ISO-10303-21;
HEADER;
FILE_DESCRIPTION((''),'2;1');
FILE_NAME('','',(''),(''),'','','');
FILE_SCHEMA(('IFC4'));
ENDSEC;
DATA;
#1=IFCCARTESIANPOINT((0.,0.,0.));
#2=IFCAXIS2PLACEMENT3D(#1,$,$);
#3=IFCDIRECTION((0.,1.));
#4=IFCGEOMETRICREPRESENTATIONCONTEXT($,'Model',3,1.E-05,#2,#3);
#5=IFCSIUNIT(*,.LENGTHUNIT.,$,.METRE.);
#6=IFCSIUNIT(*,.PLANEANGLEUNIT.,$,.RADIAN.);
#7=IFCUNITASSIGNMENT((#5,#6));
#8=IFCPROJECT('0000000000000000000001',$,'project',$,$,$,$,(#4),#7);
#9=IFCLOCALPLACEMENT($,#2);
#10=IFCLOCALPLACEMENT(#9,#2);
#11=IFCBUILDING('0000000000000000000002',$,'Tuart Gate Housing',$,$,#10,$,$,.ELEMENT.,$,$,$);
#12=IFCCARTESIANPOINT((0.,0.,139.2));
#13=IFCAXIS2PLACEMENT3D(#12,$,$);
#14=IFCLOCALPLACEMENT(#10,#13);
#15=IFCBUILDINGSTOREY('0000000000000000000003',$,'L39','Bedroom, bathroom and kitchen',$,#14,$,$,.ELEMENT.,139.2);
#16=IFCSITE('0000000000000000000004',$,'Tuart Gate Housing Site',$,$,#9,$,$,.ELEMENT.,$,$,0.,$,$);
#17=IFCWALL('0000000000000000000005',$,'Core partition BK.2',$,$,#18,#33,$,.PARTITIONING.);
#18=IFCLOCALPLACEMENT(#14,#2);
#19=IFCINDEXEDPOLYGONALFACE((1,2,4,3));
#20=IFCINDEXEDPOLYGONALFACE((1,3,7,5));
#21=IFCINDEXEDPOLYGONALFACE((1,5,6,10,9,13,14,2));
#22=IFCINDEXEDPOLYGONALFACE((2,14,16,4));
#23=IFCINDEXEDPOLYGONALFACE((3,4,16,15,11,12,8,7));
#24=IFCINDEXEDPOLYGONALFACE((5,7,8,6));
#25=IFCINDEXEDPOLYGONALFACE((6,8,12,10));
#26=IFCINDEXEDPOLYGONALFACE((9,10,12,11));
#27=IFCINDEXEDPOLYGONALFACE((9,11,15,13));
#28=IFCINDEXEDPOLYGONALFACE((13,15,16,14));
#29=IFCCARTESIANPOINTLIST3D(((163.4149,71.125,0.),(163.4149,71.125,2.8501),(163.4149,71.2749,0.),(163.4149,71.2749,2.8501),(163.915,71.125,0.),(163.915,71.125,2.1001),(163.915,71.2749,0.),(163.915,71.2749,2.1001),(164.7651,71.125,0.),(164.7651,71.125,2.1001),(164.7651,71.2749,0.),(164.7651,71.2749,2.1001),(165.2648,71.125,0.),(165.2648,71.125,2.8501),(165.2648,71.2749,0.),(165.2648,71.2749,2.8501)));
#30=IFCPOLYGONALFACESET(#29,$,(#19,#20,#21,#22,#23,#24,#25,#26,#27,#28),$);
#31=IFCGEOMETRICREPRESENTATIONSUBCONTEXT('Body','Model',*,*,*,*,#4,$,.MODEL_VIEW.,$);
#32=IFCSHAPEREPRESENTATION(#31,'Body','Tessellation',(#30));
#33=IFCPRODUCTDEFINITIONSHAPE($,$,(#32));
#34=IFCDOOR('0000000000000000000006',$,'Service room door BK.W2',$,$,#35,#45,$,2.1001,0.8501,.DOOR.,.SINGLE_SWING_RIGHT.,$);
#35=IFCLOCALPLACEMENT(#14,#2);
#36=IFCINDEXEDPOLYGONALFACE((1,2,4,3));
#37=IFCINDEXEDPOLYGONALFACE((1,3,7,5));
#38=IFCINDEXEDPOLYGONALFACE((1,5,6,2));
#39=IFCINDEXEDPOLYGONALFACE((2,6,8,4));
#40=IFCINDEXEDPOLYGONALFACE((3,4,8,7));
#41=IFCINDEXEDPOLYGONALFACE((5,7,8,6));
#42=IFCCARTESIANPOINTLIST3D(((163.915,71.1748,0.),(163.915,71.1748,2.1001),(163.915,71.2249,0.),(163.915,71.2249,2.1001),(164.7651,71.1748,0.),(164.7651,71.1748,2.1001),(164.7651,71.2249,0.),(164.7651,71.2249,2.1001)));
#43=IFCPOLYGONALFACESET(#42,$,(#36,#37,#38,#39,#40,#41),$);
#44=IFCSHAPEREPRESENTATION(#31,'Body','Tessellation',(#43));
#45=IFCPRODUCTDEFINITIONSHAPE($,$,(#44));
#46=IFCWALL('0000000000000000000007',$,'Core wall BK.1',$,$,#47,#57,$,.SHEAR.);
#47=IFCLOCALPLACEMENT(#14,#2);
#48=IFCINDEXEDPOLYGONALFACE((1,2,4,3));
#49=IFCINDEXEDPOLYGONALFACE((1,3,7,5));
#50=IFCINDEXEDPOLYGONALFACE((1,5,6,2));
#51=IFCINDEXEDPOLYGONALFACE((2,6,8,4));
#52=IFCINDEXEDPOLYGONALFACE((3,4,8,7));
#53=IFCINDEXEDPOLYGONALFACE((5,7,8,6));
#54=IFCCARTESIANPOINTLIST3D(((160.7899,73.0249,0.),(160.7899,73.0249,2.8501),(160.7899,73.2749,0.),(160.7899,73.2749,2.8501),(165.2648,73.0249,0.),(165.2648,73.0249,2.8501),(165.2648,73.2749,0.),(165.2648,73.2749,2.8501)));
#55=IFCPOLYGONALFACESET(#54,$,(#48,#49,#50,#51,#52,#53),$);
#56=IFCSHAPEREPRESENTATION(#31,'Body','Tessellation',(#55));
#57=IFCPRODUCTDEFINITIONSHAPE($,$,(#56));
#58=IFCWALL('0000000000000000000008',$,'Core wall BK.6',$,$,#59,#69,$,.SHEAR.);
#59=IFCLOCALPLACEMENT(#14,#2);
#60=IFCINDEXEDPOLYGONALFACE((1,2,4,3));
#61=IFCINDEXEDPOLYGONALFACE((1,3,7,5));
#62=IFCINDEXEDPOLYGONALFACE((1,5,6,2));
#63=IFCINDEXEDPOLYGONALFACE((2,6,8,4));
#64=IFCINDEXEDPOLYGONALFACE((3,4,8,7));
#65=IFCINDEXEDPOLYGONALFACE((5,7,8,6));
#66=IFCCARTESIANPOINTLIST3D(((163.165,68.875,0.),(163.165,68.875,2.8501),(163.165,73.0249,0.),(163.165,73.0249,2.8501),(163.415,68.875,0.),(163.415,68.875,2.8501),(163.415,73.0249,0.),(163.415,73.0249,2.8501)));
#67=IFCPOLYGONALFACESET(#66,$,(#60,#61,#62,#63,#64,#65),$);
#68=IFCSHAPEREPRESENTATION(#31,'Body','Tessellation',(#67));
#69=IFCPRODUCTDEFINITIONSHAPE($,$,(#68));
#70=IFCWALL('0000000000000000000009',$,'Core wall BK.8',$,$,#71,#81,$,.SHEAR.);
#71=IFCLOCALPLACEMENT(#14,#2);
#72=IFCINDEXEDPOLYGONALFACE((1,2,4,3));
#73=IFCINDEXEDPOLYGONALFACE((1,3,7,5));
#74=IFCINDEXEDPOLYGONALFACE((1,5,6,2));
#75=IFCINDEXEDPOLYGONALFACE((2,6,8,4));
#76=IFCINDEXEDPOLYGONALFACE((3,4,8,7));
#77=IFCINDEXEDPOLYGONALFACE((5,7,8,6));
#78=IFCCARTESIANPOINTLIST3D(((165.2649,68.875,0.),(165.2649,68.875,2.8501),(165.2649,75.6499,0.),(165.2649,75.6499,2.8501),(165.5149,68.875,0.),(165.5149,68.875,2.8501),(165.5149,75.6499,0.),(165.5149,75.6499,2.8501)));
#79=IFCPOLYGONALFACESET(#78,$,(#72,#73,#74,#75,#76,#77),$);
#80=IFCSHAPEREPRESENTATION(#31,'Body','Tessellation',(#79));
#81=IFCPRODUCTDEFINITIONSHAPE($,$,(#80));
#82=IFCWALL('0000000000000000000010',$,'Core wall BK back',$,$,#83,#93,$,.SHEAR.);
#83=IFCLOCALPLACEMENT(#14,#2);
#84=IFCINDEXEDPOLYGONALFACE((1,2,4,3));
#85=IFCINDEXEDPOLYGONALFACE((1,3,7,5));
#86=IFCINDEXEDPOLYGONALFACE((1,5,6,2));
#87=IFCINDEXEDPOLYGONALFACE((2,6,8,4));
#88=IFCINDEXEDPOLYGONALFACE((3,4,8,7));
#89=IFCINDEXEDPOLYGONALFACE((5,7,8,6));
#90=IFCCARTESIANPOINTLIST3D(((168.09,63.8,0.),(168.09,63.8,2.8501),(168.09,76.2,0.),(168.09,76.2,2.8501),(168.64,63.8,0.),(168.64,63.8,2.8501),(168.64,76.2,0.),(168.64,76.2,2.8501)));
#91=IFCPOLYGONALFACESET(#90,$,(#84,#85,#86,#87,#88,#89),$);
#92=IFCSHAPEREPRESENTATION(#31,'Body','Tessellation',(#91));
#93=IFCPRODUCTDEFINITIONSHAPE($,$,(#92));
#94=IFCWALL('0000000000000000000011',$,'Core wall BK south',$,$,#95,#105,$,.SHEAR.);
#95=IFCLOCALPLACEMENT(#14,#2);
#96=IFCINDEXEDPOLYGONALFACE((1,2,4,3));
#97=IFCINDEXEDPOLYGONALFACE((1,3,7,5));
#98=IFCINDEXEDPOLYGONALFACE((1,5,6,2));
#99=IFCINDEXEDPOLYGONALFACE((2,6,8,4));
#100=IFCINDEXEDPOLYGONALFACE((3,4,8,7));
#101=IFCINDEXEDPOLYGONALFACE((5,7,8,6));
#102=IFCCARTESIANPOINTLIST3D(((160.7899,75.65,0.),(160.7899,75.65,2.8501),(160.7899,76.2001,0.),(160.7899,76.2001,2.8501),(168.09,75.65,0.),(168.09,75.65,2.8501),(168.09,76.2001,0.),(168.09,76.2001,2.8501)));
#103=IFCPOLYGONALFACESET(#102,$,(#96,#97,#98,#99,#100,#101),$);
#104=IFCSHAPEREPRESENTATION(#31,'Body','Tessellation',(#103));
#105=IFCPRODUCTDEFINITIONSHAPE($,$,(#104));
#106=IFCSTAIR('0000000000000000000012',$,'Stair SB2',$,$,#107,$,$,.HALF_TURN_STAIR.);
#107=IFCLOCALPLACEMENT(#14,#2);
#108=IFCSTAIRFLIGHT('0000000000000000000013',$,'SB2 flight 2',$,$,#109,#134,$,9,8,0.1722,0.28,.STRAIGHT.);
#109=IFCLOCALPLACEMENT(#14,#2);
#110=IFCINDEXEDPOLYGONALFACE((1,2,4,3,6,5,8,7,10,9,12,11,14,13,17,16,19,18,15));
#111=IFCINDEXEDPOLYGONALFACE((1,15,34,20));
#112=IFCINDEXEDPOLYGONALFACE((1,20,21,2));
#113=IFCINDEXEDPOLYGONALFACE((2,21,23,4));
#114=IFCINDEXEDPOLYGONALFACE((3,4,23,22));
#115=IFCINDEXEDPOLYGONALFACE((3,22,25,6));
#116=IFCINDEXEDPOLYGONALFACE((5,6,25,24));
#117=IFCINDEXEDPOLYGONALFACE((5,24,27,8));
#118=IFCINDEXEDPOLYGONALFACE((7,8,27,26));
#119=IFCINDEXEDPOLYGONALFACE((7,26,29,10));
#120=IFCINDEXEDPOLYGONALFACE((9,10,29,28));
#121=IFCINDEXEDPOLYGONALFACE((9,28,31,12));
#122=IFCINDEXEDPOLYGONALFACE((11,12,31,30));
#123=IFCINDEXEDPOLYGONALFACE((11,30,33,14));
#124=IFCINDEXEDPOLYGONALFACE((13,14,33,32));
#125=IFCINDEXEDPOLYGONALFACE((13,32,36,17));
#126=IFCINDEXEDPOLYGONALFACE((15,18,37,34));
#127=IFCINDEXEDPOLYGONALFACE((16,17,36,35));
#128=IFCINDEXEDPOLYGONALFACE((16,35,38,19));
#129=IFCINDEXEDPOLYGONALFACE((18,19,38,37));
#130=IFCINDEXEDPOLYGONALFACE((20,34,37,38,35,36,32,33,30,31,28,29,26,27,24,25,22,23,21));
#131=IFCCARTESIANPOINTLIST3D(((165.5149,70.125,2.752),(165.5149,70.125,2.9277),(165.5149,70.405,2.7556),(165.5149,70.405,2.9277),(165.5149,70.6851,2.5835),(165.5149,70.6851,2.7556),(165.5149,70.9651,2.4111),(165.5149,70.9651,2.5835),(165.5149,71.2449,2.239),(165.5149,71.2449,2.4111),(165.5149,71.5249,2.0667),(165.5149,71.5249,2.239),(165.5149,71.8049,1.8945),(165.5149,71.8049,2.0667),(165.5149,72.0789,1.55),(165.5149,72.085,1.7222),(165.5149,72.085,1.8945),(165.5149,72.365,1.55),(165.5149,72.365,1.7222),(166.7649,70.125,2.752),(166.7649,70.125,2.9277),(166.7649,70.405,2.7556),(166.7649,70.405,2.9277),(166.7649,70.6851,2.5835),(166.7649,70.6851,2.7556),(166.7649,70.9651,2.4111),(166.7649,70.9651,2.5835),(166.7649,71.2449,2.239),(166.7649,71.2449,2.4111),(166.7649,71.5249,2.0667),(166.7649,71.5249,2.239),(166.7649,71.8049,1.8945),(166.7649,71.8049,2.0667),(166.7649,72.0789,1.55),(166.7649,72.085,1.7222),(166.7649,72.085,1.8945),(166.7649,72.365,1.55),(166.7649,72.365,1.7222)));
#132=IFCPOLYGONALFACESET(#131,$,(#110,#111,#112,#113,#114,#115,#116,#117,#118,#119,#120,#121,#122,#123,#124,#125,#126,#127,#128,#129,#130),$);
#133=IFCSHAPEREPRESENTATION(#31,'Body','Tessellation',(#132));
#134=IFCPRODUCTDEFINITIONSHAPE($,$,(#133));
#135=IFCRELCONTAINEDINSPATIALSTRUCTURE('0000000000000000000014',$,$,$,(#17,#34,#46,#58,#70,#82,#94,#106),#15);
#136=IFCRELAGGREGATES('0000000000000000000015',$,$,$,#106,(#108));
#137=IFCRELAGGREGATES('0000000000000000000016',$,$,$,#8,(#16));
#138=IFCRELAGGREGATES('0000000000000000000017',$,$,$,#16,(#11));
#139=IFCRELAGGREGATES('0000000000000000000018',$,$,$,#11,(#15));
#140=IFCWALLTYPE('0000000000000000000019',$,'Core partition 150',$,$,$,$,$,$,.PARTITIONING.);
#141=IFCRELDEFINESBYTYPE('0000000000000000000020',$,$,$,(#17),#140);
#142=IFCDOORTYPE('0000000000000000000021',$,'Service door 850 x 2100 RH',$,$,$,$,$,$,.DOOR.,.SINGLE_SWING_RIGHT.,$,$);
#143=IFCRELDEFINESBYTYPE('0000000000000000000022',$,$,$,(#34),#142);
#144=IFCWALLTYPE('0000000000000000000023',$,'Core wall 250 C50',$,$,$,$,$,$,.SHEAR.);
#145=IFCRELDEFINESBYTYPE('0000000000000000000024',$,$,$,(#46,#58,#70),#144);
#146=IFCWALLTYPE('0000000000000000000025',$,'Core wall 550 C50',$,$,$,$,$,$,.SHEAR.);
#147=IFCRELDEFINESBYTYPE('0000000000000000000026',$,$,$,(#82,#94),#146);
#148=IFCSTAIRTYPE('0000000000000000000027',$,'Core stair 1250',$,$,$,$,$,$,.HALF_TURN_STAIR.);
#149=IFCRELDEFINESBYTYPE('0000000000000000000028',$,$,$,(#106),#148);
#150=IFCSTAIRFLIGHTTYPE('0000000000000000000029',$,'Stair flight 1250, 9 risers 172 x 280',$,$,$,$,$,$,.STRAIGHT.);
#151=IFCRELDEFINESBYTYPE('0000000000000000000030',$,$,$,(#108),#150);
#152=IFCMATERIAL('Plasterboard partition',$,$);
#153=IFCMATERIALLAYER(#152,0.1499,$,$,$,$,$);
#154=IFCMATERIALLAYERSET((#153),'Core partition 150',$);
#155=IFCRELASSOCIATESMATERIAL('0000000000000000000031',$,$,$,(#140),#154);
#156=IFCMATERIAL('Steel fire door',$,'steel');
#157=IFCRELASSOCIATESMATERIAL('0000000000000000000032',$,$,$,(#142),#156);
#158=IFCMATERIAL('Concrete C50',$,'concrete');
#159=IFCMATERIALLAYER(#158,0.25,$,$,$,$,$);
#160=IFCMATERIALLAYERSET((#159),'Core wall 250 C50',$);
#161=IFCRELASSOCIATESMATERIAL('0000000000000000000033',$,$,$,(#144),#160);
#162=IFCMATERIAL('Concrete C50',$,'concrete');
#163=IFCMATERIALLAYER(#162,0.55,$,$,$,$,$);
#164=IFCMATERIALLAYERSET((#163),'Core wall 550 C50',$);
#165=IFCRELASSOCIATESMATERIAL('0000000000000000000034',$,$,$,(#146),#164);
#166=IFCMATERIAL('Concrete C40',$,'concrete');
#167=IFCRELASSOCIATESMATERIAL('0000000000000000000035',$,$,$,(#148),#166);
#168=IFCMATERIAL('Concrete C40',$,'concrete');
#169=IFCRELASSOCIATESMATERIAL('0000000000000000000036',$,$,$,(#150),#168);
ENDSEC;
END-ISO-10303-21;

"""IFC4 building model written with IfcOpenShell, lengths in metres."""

from ifc_helpers import new_model, si_unit, direction, frame, frame_2d, origin, place, context, subcontext, project, spatial, polyline, rectangle, outline, extrude, material, layer, layer_set, type_object, element, fill, aggregate, save


model = new_model("IFC4")

# Units and contexts
model_context = context("Model", 3, precision=1e-05, world=origin(), true_north=direction((0.0, 1.0)))
body_context = subcontext(model_context, "Body", "Model", "MODEL_VIEW")
ifc_project = project(units=[si_unit("LENGTHUNIT", "METRE"), si_unit("PLANEANGLEUNIT", "RADIAN")], contexts=[model_context])

# Site, building, storey
site_placement = place(None, origin())
site = spatial("IfcSite", under=ifc_project, at=site_placement, Name="Tuart Gate Housing Site", CompositionType="ELEMENT", RefElevation=0.0)
building_placement = place(site_placement, origin())
building = spatial("IfcBuilding", under=site, at=building_placement, Name="Tuart Gate Housing", CompositionType="ELEMENT")
storey_placement = place(building_placement, frame((0.0, 0.0, 139.2)))
storey = spatial("IfcBuildingStorey", under=building, at=storey_placement, Name="L39", Description="Bedroom, bathroom and kitchen", CompositionType="ELEMENT", Elevation=139.2)

# Wall, opening, door
ifc_material_1 = material(Name="Plasterboard partition")
ifc_layer_1 = layer(ifc_material_1, 0.1499)
ifc_layer_set_1 = layer_set([ifc_layer_1], Name="Core partition 150")
wall_type_1 = type_object("IfcWallType", Name="Core partition 150", PredefinedType="PARTITIONING", material=ifc_layer_set_1)
wall_1_placement = place(storey_placement, frame((163.415, 71.2, 0.0), z_axis=(0.0, 0.0, 1.0), x_axis=(1.0, 0.0, 0.0)))
wall_1 = element("IfcWall", 1, at=wall_1_placement, inside=storey, type_object=wall_type_1, Name="Core partition BK.2", PredefinedType="PARTITIONING", context=body_context, shape_type="SweptSolid", body=[
    extrude(rectangle(XDim=1.8499, YDim=0.1499, at=frame_2d((0.9248, 0.0))), origin(), (0.0, 0.0, 1.0), 2.8501),
])
opening_placement = place(wall_1_placement, frame((0.5, 0.0, 0.0)))
opening = element("IfcOpeningElement", 2, at=opening_placement, cuts=wall_1, PredefinedType="OPENING", context=body_context, shape_type="SweptSolid", body=[
    extrude(rectangle(XDim=0.8501, YDim=2.1001, at=frame_2d((0.425, 1.05))), frame((0.0, 0.085, 0.0), z_axis=(0.0, -1.0, 0.0), x_axis=(1.0, 0.0, 0.0)), (0.0, 0.0, 1.0), 0.1699),
])
ifc_material_2 = material(Name="Steel fire door", Category="steel")
door_type = type_object("IfcDoorType", Name="Service door 850 x 2100 RH", OperationType="SINGLE_SWING_RIGHT", PredefinedType="DOOR", material=ifc_material_2)
door_placement = place(opening_placement, frame((0.8501, 0.0, 0.0), z_axis=(0.0, 0.0, 1.0), x_axis=(-1.0, 0.0, 0.0)))
door = element("IfcDoor", 3, at=door_placement, inside=storey, type_object=door_type, Name="Service room door BK.W2", OperationType="SINGLE_SWING_RIGHT", OverallHeight=2.1001, OverallWidth=0.8501, PredefinedType="DOOR", context=body_context, shape_type="SweptSolid", body=[
    extrude(rectangle(XDim=0.8501, YDim=2.1001, at=frame_2d((0.425, 1.05))), frame((0.0, 0.0251, 0.0), z_axis=(0.0, -1.0, 0.0), x_axis=(1.0, 0.0, 0.0)), (0.0, 0.0, 1.0), 0.05),
])
fill(opening, door)

# Walls
ifc_material_3 = material(Name="Concrete C50", Category="concrete")
ifc_layer_2 = layer(ifc_material_3, 0.25)
ifc_layer_set_2 = layer_set([ifc_layer_2], Name="Core wall 250 C50")
wall_type_2 = type_object("IfcWallType", Name="Core wall 250 C50", PredefinedType="SHEAR", material=ifc_layer_set_2)
wall_2_placement = place(storey_placement, frame((160.79, 73.1499, 0.0), z_axis=(0.0, 0.0, 1.0), x_axis=(1.0, 0.0, 0.0)))
element("IfcWall", 4, at=wall_2_placement, inside=storey, type_object=wall_type_2, Name="Core wall BK.1", PredefinedType="SHEAR", context=body_context, shape_type="SweptSolid", body=[
    extrude(rectangle(XDim=4.4749, YDim=0.25, at=frame_2d((2.2373, 0.0))), origin(), (0.0, 0.0, 1.0), 2.8501),
])
wall_3_placement = place(storey_placement, frame((163.29, 73.0249, 0.0), z_axis=(0.0, 0.0, 1.0), x_axis=(0.0, -1.0, 0.0)))
element("IfcWall", 5, at=wall_3_placement, inside=storey, type_object=wall_type_2, Name="Core wall BK.6", PredefinedType="SHEAR", context=body_context, shape_type="SweptSolid", body=[
    extrude(rectangle(XDim=4.1499, YDim=0.25, at=frame_2d((2.075, 0.0))), origin(), (0.0, 0.0, 1.0), 2.8501),
])
wall_4_placement = place(storey_placement, frame((165.3899, 75.6499, 0.0), z_axis=(0.0, 0.0, 1.0), x_axis=(0.0, -1.0, 0.0)))
element("IfcWall", 6, at=wall_4_placement, inside=storey, type_object=wall_type_2, Name="Core wall BK.8", PredefinedType="SHEAR", context=body_context, shape_type="SweptSolid", body=[
    extrude(rectangle(XDim=6.7749, YDim=0.25, at=frame_2d((3.3875, 0.0))), origin(), (0.0, 0.0, 1.0), 2.8501),
])
ifc_material_4 = material(Name="Concrete C50", Category="concrete")
ifc_layer_3 = layer(ifc_material_4, 0.55)
ifc_layer_set_3 = layer_set([ifc_layer_3], Name="Core wall 550 C50")
wall_type_3 = type_object("IfcWallType", Name="Core wall 550 C50", PredefinedType="SHEAR", material=ifc_layer_set_3)
wall_5_placement = place(storey_placement, frame((168.365, 76.2, 0.0), z_axis=(0.0, 0.0, 1.0), x_axis=(0.0, -1.0, 0.0)))
element("IfcWall", 7, at=wall_5_placement, inside=storey, type_object=wall_type_3, Name="Core wall BK back", PredefinedType="SHEAR", context=body_context, shape_type="SweptSolid", body=[
    extrude(rectangle(XDim=12.3999, YDim=0.55, at=frame_2d((6.2, 0.0))), origin(), (0.0, 0.0, 1.0), 2.8501),
])
wall_6_placement = place(storey_placement, frame((160.79, 75.925, 0.0), z_axis=(0.0, 0.0, 1.0), x_axis=(1.0, 0.0, 0.0)))
element("IfcWall", 8, at=wall_6_placement, inside=storey, type_object=wall_type_3, Name="Core wall BK south", PredefinedType="SHEAR", context=body_context, shape_type="SweptSolid", body=[
    extrude(rectangle(XDim=7.3, YDim=0.55, at=frame_2d((3.6499, 0.0))), origin(), (0.0, 0.0, 1.0), 2.8501),
])

# Stair, stair flight
ifc_material_5 = material(Name="Concrete C40", Category="concrete")
stair_type = type_object("IfcStairType", Name="Core stair 1250", PredefinedType="HALF_TURN_STAIR", material=ifc_material_5)
stair_placement = place(storey_placement, origin())
stair = element("IfcStair", 9, at=stair_placement, inside=storey, type_object=stair_type, Name="Stair SB2", PredefinedType="HALF_TURN_STAIR")
ifc_material_6 = material(Name="Concrete C40", Category="concrete")
stair_flight_type = type_object("IfcStairFlightType", Name="Stair flight 1250, 9 risers 172 x 280", PredefinedType="STRAIGHT", material=ifc_material_6)
stair_flight_placement = place(storey_placement, frame((166.1399, 72.365, 1.55), z_axis=(0.0, 0.0, 1.0), x_axis=(0.0, -1.0, 0.0)))
stair_flight = element("IfcStairFlight", 10, at=stair_flight_placement, type_object=stair_flight_type, Name="SB2 flight 2", NumberOfRisers=9, NumberOfTreads=8, PredefinedType="STRAIGHT", RiserHeight=0.1722, TreadLength=0.28, context=body_context, shape_type="SweptSolid", body=[
    extrude(outline(polyline([(0.0, 0.0), (0.0, 0.1721), (0.28, 0.1721), (0.28, 0.3445), (0.5601, 0.3445), (0.5601, 0.5166), (0.8401, 0.5166), (0.8401, 0.689), (1.1201, 0.689), (1.1201, 0.8611), (1.3999, 0.8611), (1.3999, 1.0334), (1.6799, 1.0334), (1.6799, 1.2056), (1.96, 1.2056), (1.96, 1.3777), (2.24, 1.3777), (2.24, 1.55), (2.24, 1.2019), (0.2861, 0.0), (0.0, 0.0)])), frame((0.0, 0.625, 0.0), z_axis=(0.0, -1.0, 0.0), x_axis=(1.0, 0.0, 0.0)), (0.0, 0.0, 1.0), 1.25),
])
aggregate(stair, [stair_flight])

save(model, "model.ifc")
